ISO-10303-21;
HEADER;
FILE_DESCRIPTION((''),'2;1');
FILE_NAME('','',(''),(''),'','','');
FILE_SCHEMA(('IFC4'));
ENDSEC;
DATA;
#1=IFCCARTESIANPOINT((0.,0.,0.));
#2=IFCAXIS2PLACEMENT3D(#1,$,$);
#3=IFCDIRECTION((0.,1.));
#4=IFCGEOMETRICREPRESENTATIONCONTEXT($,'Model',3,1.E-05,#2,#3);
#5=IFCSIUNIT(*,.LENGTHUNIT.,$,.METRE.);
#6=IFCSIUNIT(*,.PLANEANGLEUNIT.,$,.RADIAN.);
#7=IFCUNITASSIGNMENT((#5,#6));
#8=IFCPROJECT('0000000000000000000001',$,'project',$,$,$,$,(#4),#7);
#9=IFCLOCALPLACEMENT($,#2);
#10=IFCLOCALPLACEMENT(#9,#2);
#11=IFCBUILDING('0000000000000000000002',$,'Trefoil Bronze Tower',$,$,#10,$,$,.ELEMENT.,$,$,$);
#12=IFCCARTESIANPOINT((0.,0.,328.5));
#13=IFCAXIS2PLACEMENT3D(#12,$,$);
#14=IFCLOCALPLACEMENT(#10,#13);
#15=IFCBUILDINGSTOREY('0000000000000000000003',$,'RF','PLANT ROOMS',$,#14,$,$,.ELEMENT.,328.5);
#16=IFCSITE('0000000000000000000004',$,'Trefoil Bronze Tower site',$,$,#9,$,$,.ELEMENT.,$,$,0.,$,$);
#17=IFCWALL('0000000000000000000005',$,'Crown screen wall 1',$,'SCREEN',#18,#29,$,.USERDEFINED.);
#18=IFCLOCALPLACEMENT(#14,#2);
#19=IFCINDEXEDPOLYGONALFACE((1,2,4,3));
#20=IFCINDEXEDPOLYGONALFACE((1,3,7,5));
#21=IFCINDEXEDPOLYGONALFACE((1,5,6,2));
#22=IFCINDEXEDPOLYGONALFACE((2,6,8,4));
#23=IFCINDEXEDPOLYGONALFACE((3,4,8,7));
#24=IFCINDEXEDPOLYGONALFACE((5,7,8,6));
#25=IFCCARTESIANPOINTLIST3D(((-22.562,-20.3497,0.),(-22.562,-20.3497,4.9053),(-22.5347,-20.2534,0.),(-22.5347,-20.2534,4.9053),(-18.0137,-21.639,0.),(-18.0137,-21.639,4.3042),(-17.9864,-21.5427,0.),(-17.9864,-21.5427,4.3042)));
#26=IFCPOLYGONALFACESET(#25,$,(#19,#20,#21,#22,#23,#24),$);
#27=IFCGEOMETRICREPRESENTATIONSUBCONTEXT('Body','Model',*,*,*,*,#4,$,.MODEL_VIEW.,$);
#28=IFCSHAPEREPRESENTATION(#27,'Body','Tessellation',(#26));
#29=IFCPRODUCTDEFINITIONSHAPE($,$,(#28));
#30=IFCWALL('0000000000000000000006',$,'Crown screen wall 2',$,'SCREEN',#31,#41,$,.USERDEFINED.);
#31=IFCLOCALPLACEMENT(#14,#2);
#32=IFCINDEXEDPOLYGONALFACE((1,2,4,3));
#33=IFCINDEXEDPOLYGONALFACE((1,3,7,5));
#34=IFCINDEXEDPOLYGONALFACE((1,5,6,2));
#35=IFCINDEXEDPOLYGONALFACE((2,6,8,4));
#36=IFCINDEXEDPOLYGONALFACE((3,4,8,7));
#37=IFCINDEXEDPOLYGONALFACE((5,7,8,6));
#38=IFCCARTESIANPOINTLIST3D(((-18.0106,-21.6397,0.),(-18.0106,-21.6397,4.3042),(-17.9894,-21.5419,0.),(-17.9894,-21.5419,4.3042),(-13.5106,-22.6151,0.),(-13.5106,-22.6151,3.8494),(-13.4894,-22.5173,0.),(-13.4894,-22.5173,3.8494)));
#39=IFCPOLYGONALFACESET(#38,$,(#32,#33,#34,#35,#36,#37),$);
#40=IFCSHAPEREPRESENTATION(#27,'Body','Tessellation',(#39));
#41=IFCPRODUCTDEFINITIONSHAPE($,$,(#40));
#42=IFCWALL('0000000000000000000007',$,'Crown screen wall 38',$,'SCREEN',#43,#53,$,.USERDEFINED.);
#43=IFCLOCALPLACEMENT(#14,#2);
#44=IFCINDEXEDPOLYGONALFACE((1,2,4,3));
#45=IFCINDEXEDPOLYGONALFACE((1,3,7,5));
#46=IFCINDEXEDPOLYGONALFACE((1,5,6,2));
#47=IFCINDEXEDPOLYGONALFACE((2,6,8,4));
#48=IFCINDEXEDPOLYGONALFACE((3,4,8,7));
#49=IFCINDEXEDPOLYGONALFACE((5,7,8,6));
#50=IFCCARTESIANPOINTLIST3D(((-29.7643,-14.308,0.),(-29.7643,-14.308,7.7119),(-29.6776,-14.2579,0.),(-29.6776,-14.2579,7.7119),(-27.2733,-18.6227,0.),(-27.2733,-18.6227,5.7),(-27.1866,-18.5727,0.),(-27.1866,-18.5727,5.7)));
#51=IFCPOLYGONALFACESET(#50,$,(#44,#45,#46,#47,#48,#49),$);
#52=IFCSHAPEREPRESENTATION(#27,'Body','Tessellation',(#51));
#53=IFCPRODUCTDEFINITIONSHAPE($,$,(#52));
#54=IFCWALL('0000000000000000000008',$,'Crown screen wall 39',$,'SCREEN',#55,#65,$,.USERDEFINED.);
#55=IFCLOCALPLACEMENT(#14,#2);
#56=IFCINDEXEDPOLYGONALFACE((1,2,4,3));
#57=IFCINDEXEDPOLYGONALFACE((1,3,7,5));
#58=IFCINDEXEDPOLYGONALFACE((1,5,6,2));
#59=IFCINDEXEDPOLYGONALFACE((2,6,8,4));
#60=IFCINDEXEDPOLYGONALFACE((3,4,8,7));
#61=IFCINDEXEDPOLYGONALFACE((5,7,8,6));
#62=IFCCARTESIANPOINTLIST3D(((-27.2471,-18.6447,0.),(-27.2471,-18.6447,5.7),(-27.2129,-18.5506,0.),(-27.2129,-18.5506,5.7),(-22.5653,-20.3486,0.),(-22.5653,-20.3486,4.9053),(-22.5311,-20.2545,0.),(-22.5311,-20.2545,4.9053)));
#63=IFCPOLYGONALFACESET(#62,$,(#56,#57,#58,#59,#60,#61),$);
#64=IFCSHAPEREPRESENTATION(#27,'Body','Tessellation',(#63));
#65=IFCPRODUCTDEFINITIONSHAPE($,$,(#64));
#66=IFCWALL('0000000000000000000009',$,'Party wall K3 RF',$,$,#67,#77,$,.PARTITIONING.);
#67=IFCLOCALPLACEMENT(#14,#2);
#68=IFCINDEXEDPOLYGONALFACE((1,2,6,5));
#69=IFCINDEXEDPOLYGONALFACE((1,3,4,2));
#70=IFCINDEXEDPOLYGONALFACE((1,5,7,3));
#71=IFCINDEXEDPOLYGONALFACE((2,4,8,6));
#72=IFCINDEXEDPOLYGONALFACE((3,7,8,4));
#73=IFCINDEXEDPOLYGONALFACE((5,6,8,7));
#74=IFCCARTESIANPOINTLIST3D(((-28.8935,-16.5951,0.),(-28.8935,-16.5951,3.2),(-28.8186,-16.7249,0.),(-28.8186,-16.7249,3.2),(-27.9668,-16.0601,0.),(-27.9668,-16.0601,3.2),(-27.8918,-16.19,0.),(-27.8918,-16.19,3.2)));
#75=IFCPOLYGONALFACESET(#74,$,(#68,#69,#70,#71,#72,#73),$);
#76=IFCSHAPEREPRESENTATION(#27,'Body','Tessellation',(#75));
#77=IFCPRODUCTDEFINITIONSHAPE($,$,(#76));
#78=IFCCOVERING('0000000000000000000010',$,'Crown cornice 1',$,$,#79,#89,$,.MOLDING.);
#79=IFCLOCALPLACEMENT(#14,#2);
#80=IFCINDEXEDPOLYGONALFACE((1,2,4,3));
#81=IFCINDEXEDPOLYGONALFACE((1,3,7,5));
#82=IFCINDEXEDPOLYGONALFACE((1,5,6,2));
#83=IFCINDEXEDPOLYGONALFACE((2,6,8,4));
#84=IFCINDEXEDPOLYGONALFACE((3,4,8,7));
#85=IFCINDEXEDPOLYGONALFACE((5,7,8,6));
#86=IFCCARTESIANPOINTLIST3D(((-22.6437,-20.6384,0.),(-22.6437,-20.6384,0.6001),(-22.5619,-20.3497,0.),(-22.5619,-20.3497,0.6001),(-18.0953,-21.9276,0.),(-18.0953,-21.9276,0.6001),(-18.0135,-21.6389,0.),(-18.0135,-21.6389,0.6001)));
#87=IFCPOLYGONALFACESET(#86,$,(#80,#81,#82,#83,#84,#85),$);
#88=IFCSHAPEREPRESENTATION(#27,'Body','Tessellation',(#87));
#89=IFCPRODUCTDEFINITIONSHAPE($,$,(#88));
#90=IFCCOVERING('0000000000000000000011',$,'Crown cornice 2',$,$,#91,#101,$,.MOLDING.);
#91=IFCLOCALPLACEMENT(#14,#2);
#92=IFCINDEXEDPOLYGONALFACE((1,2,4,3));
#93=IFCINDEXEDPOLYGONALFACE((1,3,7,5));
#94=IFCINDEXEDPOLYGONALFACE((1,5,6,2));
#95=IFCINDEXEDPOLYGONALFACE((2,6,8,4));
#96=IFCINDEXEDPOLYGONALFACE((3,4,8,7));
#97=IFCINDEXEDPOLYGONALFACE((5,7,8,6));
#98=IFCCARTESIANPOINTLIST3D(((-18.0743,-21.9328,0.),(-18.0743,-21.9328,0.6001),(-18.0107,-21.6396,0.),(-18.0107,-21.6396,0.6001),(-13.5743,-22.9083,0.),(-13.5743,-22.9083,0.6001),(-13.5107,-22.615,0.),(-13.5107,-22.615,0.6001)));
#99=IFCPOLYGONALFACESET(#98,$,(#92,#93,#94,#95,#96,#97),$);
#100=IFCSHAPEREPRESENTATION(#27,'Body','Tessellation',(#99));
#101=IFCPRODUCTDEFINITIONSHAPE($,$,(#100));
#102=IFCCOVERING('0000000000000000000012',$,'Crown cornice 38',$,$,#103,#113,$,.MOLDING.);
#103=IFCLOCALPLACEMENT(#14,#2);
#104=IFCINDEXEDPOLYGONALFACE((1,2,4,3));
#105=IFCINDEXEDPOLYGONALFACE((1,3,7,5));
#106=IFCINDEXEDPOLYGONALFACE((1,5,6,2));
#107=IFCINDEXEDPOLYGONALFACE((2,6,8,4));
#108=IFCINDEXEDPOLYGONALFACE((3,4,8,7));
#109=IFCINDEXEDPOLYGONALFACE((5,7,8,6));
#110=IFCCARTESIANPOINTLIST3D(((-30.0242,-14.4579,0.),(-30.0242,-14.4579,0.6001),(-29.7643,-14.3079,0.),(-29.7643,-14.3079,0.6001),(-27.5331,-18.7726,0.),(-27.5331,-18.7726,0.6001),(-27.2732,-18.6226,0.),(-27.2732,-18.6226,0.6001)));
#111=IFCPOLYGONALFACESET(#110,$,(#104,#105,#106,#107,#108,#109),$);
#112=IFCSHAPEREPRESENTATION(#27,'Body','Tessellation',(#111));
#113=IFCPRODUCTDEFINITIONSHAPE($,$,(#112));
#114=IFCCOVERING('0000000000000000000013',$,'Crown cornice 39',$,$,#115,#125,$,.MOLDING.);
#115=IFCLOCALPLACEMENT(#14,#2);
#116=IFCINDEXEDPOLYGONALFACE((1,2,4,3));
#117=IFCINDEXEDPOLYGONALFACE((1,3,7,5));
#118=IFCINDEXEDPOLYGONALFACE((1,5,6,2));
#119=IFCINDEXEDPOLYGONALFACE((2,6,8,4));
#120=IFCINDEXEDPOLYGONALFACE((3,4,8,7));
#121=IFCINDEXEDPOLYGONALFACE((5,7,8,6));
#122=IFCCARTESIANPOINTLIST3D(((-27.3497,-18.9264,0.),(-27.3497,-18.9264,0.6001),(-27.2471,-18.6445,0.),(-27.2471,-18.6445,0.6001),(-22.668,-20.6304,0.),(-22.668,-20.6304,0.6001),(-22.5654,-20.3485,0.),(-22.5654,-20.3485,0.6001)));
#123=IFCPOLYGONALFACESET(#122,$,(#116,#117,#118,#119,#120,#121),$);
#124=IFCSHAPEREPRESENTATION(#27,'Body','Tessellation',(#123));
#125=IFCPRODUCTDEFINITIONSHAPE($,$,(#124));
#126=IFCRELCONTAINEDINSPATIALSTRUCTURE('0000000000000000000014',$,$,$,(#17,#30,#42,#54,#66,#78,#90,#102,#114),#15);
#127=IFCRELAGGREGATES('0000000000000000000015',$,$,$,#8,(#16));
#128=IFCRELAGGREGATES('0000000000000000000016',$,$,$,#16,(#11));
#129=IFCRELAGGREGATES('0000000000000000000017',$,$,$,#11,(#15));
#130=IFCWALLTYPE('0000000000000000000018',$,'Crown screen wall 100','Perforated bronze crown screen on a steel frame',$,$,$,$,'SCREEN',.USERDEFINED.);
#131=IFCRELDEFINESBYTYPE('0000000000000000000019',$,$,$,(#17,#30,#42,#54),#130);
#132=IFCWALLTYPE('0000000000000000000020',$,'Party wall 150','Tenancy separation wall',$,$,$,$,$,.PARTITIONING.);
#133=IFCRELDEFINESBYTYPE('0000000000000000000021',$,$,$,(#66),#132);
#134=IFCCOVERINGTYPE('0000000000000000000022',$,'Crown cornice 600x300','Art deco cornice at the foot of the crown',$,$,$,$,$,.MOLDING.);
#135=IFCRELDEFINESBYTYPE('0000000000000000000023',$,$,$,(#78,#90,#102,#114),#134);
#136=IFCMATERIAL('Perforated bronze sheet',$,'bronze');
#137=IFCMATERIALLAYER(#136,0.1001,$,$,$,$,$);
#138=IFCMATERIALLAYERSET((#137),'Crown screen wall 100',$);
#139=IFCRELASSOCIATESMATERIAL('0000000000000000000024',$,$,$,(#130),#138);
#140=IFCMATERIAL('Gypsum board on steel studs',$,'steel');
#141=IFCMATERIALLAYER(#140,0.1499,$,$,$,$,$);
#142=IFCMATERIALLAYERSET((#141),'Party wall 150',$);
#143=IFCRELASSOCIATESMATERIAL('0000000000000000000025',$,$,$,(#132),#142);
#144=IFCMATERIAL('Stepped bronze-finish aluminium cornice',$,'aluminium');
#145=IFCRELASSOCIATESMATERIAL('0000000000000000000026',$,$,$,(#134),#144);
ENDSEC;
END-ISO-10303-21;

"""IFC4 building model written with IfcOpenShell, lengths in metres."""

from ifc_helpers import new_model, si_unit, direction, frame, frame_2d, origin, origin_2d, place, context, subcontext, project, spatial, polyline, rectangle, outline, extrude, material, layer, layer_set, type_object, element, save


model = new_model("IFC4")

# Units and contexts
model_context = context("Model", 3, precision=1e-05, world=origin(), true_north=direction((0.0, 1.0)))
body_context = subcontext(model_context, "Body", "Model", "MODEL_VIEW")
ifc_project = project(units=[si_unit("LENGTHUNIT", "METRE"), si_unit("PLANEANGLEUNIT", "RADIAN")], contexts=[model_context])

# Site, building, storey
site_placement = place(None, origin())
site = spatial("IfcSite", under=ifc_project, at=site_placement, Name="Trefoil Bronze Tower site", CompositionType="ELEMENT", RefElevation=0.0)
building_placement = place(site_placement, origin())
building = spatial("IfcBuilding", under=site, at=building_placement, Name="Trefoil Bronze Tower", CompositionType="ELEMENT")
storey_placement = place(building_placement, frame((0.0, 0.0, 328.5)))
storey = spatial("IfcBuildingStorey", under=building, at=storey_placement, Name="RF", Description="PLANT ROOMS", CompositionType="ELEMENT", Elevation=328.5)

# Walls
ifc_material_1 = material(Name="Perforated bronze sheet", Category="bronze")
ifc_layer_1 = layer(ifc_material_1, 0.1001)
ifc_layer_set_1 = layer_set([ifc_layer_1], Name="Crown screen wall 100")
wall_type_1 = type_object("IfcWallType", Name="Crown screen wall 100", Description="Perforated bronze crown screen on a steel frame", ElementType="SCREEN", PredefinedType="USERDEFINED", material=ifc_layer_set_1)
wall_1_placement = place(storey_placement, frame((-22.5483, -20.3015, 0.0), z_axis=(0.0, 0.0, 1.0), x_axis=(0.962093, -0.272722, 0.0)))
element("IfcWall", 1, at=wall_1_placement, inside=storey, type_object=wall_type_1, Name="Crown screen wall 1", ObjectType="SCREEN", PredefinedType="USERDEFINED", context=body_context, shape_type="SweptSolid", body=[
    extrude(outline(polyline([(0.0, 0.0), (4.7275, 0.0), (4.7275, 4.3042), (0.0, 4.9053), (0.0, 0.0)])), frame((0.0, 0.05, 0.0), z_axis=(0.0, -1.0, 0.0), x_axis=(1.0, 0.0, 0.0)), (0.0, 0.0, 1.0), 0.1001),
])
wall_2_placement = place(storey_placement, frame((-18.0, -21.5908, 0.0), z_axis=(0.0, 0.0, 1.0), x_axis=(0.977308, -0.211824, 0.0)))
element("IfcWall", 2, at=wall_2_placement, inside=storey, type_object=wall_type_1, Name="Crown screen wall 2", ObjectType="SCREEN", PredefinedType="USERDEFINED", context=body_context, shape_type="SweptSolid", body=[
    extrude(outline(polyline([(0.0, 0.0), (4.6045, 0.0), (4.6045, 3.8494), (0.0, 4.3042), (0.0, 0.0)])), frame((0.0, 0.05, 0.0), z_axis=(0.0, -1.0, 0.0), x_axis=(1.0, 0.0, 0.0)), (0.0, 0.0, 1.0), 0.1001),
])
wall_3_placement = place(storey_placement, frame((-29.7209, -14.283, 0.0), z_axis=(0.0, 0.0, 1.0), x_axis=(0.499981, -0.866036, 0.0)))
element("IfcWall", 3, at=wall_3_placement, inside=storey, type_object=wall_type_1, Name="Crown screen wall 38", ObjectType="SCREEN", PredefinedType="USERDEFINED", context=body_context, shape_type="SweptSolid", body=[
    extrude(outline(polyline([(0.0, 0.0), (4.9822, 0.0), (4.9822, 5.7), (0.0, 7.7119), (0.0, 0.0)])), frame((0.0, 0.05, 0.0), z_axis=(0.0, -1.0, 0.0), x_axis=(1.0, 0.0, 0.0)), (0.0, 0.0, 1.0), 0.1001),
])
wall_4_placement = place(storey_placement, frame((-27.23, -18.5977, 0.0), z_axis=(0.0, 0.0, 1.0), x_axis=(0.9397, -0.341999, 0.0)))
element("IfcWall", 4, at=wall_4_placement, inside=storey, type_object=wall_type_1, Name="Crown screen wall 39", ObjectType="SCREEN", PredefinedType="USERDEFINED", context=body_context, shape_type="SweptSolid", body=[
    extrude(outline(polyline([(0.0, 0.0), (4.9822, 0.0), (4.9822, 4.9053), (0.0, 5.7), (0.0, 0.0)])), frame((0.0, 0.05, 0.0), z_axis=(0.0, -1.0, 0.0), x_axis=(1.0, 0.0, 0.0)), (0.0, 0.0, 1.0), 0.1001),
])
ifc_material_2 = material(Name="Gypsum board on steel studs", Category="steel")
ifc_layer_2 = layer(ifc_material_2, 0.1499)
ifc_layer_set_2 = layer_set([ifc_layer_2], Name="Party wall 150")
wall_type_2 = type_object("IfcWallType", Name="Party wall 150", Description="Tenancy separation wall", PredefinedType="PARTITIONING", material=ifc_layer_set_2)
wall_5_placement = place(storey_placement, frame((-27.9292, -16.125, 0.0), z_axis=(0.0, 0.0, 1.0), x_axis=(-0.866087, -0.499894, 0.0)))
element("IfcWall", 5, at=wall_5_placement, inside=storey, type_object=wall_type_2, Name="Party wall K3 RF", PredefinedType="PARTITIONING", context=body_context, shape_type="SweptSolid", body=[
    extrude(rectangle(XDim=1.0701, YDim=0.1499, at=frame_2d((0.5352, 0.0))), origin(), (0.0, 0.0, 1.0), 3.2),
])

# Coverings
ifc_material_3 = material(Name="Stepped bronze-finish aluminium cornice", Category="aluminium")
covering_type_1 = type_object("IfcCoveringType", Name="Crown cornice 600x300", Description="Art deco cornice at the foot of the crown", PredefinedType="MOLDING", material=ifc_material_3)
covering_1_placement = place(storey_placement, frame((-20.3286, -21.1387, 0.0), z_axis=(0.0, 0.0, 1.0), x_axis=(0.962098, -0.272705, 0.0)))
element("IfcCovering", 6, at=covering_1_placement, inside=storey, type_object=covering_type_1, Name="Crown cornice 1", PredefinedType="MOLDING", context=body_context, shape_type="SweptSolid", body=[
    extrude(rectangle(XDim=4.7275, YDim=0.3, at=origin_2d()), origin(), (0.0, 0.0, 1.0), 0.6001),
])
covering_2_placement = place(storey_placement, frame((-15.7925, -22.2739, 0.0), z_axis=(0.0, 0.0, 1.0), x_axis=(0.977303, -0.211846, 0.0)))
element("IfcCovering", 7, at=covering_2_placement, inside=storey, type_object=covering_type_1, Name="Crown cornice 2", PredefinedType="MOLDING", context=body_context, shape_type="SweptSolid", body=[
    extrude(rectangle(XDim=4.6045, YDim=0.3, at=origin_2d()), origin(), (0.0, 0.0, 1.0), 0.6001),
])
for number, where, z_axis, x_axis, name in (
    (8, (-28.6487, -16.5403, 0.0), (0.0, 0.0, 1.0), (0.5, -0.866025, 0.0), "Crown cornice 38"),
    (9, (-24.9575, -19.6375, 0.0), (0.0, 0.0, 1.0), (0.939693, -0.34202, 0.0), "Crown cornice 39"),
):
    element("IfcCovering", number, at=place(storey_placement, frame(where, z_axis=z_axis, x_axis=x_axis)), inside=storey, type_object=covering_type_1, Name=name, PredefinedType="MOLDING", context=body_context, shape_type="SweptSolid", body=[
        extrude(rectangle(XDim=4.9822, YDim=0.3, at=origin_2d()), origin(), (0.0, 0.0, 1.0), 0.6001),
    ])

save(model, "model.ifc")
